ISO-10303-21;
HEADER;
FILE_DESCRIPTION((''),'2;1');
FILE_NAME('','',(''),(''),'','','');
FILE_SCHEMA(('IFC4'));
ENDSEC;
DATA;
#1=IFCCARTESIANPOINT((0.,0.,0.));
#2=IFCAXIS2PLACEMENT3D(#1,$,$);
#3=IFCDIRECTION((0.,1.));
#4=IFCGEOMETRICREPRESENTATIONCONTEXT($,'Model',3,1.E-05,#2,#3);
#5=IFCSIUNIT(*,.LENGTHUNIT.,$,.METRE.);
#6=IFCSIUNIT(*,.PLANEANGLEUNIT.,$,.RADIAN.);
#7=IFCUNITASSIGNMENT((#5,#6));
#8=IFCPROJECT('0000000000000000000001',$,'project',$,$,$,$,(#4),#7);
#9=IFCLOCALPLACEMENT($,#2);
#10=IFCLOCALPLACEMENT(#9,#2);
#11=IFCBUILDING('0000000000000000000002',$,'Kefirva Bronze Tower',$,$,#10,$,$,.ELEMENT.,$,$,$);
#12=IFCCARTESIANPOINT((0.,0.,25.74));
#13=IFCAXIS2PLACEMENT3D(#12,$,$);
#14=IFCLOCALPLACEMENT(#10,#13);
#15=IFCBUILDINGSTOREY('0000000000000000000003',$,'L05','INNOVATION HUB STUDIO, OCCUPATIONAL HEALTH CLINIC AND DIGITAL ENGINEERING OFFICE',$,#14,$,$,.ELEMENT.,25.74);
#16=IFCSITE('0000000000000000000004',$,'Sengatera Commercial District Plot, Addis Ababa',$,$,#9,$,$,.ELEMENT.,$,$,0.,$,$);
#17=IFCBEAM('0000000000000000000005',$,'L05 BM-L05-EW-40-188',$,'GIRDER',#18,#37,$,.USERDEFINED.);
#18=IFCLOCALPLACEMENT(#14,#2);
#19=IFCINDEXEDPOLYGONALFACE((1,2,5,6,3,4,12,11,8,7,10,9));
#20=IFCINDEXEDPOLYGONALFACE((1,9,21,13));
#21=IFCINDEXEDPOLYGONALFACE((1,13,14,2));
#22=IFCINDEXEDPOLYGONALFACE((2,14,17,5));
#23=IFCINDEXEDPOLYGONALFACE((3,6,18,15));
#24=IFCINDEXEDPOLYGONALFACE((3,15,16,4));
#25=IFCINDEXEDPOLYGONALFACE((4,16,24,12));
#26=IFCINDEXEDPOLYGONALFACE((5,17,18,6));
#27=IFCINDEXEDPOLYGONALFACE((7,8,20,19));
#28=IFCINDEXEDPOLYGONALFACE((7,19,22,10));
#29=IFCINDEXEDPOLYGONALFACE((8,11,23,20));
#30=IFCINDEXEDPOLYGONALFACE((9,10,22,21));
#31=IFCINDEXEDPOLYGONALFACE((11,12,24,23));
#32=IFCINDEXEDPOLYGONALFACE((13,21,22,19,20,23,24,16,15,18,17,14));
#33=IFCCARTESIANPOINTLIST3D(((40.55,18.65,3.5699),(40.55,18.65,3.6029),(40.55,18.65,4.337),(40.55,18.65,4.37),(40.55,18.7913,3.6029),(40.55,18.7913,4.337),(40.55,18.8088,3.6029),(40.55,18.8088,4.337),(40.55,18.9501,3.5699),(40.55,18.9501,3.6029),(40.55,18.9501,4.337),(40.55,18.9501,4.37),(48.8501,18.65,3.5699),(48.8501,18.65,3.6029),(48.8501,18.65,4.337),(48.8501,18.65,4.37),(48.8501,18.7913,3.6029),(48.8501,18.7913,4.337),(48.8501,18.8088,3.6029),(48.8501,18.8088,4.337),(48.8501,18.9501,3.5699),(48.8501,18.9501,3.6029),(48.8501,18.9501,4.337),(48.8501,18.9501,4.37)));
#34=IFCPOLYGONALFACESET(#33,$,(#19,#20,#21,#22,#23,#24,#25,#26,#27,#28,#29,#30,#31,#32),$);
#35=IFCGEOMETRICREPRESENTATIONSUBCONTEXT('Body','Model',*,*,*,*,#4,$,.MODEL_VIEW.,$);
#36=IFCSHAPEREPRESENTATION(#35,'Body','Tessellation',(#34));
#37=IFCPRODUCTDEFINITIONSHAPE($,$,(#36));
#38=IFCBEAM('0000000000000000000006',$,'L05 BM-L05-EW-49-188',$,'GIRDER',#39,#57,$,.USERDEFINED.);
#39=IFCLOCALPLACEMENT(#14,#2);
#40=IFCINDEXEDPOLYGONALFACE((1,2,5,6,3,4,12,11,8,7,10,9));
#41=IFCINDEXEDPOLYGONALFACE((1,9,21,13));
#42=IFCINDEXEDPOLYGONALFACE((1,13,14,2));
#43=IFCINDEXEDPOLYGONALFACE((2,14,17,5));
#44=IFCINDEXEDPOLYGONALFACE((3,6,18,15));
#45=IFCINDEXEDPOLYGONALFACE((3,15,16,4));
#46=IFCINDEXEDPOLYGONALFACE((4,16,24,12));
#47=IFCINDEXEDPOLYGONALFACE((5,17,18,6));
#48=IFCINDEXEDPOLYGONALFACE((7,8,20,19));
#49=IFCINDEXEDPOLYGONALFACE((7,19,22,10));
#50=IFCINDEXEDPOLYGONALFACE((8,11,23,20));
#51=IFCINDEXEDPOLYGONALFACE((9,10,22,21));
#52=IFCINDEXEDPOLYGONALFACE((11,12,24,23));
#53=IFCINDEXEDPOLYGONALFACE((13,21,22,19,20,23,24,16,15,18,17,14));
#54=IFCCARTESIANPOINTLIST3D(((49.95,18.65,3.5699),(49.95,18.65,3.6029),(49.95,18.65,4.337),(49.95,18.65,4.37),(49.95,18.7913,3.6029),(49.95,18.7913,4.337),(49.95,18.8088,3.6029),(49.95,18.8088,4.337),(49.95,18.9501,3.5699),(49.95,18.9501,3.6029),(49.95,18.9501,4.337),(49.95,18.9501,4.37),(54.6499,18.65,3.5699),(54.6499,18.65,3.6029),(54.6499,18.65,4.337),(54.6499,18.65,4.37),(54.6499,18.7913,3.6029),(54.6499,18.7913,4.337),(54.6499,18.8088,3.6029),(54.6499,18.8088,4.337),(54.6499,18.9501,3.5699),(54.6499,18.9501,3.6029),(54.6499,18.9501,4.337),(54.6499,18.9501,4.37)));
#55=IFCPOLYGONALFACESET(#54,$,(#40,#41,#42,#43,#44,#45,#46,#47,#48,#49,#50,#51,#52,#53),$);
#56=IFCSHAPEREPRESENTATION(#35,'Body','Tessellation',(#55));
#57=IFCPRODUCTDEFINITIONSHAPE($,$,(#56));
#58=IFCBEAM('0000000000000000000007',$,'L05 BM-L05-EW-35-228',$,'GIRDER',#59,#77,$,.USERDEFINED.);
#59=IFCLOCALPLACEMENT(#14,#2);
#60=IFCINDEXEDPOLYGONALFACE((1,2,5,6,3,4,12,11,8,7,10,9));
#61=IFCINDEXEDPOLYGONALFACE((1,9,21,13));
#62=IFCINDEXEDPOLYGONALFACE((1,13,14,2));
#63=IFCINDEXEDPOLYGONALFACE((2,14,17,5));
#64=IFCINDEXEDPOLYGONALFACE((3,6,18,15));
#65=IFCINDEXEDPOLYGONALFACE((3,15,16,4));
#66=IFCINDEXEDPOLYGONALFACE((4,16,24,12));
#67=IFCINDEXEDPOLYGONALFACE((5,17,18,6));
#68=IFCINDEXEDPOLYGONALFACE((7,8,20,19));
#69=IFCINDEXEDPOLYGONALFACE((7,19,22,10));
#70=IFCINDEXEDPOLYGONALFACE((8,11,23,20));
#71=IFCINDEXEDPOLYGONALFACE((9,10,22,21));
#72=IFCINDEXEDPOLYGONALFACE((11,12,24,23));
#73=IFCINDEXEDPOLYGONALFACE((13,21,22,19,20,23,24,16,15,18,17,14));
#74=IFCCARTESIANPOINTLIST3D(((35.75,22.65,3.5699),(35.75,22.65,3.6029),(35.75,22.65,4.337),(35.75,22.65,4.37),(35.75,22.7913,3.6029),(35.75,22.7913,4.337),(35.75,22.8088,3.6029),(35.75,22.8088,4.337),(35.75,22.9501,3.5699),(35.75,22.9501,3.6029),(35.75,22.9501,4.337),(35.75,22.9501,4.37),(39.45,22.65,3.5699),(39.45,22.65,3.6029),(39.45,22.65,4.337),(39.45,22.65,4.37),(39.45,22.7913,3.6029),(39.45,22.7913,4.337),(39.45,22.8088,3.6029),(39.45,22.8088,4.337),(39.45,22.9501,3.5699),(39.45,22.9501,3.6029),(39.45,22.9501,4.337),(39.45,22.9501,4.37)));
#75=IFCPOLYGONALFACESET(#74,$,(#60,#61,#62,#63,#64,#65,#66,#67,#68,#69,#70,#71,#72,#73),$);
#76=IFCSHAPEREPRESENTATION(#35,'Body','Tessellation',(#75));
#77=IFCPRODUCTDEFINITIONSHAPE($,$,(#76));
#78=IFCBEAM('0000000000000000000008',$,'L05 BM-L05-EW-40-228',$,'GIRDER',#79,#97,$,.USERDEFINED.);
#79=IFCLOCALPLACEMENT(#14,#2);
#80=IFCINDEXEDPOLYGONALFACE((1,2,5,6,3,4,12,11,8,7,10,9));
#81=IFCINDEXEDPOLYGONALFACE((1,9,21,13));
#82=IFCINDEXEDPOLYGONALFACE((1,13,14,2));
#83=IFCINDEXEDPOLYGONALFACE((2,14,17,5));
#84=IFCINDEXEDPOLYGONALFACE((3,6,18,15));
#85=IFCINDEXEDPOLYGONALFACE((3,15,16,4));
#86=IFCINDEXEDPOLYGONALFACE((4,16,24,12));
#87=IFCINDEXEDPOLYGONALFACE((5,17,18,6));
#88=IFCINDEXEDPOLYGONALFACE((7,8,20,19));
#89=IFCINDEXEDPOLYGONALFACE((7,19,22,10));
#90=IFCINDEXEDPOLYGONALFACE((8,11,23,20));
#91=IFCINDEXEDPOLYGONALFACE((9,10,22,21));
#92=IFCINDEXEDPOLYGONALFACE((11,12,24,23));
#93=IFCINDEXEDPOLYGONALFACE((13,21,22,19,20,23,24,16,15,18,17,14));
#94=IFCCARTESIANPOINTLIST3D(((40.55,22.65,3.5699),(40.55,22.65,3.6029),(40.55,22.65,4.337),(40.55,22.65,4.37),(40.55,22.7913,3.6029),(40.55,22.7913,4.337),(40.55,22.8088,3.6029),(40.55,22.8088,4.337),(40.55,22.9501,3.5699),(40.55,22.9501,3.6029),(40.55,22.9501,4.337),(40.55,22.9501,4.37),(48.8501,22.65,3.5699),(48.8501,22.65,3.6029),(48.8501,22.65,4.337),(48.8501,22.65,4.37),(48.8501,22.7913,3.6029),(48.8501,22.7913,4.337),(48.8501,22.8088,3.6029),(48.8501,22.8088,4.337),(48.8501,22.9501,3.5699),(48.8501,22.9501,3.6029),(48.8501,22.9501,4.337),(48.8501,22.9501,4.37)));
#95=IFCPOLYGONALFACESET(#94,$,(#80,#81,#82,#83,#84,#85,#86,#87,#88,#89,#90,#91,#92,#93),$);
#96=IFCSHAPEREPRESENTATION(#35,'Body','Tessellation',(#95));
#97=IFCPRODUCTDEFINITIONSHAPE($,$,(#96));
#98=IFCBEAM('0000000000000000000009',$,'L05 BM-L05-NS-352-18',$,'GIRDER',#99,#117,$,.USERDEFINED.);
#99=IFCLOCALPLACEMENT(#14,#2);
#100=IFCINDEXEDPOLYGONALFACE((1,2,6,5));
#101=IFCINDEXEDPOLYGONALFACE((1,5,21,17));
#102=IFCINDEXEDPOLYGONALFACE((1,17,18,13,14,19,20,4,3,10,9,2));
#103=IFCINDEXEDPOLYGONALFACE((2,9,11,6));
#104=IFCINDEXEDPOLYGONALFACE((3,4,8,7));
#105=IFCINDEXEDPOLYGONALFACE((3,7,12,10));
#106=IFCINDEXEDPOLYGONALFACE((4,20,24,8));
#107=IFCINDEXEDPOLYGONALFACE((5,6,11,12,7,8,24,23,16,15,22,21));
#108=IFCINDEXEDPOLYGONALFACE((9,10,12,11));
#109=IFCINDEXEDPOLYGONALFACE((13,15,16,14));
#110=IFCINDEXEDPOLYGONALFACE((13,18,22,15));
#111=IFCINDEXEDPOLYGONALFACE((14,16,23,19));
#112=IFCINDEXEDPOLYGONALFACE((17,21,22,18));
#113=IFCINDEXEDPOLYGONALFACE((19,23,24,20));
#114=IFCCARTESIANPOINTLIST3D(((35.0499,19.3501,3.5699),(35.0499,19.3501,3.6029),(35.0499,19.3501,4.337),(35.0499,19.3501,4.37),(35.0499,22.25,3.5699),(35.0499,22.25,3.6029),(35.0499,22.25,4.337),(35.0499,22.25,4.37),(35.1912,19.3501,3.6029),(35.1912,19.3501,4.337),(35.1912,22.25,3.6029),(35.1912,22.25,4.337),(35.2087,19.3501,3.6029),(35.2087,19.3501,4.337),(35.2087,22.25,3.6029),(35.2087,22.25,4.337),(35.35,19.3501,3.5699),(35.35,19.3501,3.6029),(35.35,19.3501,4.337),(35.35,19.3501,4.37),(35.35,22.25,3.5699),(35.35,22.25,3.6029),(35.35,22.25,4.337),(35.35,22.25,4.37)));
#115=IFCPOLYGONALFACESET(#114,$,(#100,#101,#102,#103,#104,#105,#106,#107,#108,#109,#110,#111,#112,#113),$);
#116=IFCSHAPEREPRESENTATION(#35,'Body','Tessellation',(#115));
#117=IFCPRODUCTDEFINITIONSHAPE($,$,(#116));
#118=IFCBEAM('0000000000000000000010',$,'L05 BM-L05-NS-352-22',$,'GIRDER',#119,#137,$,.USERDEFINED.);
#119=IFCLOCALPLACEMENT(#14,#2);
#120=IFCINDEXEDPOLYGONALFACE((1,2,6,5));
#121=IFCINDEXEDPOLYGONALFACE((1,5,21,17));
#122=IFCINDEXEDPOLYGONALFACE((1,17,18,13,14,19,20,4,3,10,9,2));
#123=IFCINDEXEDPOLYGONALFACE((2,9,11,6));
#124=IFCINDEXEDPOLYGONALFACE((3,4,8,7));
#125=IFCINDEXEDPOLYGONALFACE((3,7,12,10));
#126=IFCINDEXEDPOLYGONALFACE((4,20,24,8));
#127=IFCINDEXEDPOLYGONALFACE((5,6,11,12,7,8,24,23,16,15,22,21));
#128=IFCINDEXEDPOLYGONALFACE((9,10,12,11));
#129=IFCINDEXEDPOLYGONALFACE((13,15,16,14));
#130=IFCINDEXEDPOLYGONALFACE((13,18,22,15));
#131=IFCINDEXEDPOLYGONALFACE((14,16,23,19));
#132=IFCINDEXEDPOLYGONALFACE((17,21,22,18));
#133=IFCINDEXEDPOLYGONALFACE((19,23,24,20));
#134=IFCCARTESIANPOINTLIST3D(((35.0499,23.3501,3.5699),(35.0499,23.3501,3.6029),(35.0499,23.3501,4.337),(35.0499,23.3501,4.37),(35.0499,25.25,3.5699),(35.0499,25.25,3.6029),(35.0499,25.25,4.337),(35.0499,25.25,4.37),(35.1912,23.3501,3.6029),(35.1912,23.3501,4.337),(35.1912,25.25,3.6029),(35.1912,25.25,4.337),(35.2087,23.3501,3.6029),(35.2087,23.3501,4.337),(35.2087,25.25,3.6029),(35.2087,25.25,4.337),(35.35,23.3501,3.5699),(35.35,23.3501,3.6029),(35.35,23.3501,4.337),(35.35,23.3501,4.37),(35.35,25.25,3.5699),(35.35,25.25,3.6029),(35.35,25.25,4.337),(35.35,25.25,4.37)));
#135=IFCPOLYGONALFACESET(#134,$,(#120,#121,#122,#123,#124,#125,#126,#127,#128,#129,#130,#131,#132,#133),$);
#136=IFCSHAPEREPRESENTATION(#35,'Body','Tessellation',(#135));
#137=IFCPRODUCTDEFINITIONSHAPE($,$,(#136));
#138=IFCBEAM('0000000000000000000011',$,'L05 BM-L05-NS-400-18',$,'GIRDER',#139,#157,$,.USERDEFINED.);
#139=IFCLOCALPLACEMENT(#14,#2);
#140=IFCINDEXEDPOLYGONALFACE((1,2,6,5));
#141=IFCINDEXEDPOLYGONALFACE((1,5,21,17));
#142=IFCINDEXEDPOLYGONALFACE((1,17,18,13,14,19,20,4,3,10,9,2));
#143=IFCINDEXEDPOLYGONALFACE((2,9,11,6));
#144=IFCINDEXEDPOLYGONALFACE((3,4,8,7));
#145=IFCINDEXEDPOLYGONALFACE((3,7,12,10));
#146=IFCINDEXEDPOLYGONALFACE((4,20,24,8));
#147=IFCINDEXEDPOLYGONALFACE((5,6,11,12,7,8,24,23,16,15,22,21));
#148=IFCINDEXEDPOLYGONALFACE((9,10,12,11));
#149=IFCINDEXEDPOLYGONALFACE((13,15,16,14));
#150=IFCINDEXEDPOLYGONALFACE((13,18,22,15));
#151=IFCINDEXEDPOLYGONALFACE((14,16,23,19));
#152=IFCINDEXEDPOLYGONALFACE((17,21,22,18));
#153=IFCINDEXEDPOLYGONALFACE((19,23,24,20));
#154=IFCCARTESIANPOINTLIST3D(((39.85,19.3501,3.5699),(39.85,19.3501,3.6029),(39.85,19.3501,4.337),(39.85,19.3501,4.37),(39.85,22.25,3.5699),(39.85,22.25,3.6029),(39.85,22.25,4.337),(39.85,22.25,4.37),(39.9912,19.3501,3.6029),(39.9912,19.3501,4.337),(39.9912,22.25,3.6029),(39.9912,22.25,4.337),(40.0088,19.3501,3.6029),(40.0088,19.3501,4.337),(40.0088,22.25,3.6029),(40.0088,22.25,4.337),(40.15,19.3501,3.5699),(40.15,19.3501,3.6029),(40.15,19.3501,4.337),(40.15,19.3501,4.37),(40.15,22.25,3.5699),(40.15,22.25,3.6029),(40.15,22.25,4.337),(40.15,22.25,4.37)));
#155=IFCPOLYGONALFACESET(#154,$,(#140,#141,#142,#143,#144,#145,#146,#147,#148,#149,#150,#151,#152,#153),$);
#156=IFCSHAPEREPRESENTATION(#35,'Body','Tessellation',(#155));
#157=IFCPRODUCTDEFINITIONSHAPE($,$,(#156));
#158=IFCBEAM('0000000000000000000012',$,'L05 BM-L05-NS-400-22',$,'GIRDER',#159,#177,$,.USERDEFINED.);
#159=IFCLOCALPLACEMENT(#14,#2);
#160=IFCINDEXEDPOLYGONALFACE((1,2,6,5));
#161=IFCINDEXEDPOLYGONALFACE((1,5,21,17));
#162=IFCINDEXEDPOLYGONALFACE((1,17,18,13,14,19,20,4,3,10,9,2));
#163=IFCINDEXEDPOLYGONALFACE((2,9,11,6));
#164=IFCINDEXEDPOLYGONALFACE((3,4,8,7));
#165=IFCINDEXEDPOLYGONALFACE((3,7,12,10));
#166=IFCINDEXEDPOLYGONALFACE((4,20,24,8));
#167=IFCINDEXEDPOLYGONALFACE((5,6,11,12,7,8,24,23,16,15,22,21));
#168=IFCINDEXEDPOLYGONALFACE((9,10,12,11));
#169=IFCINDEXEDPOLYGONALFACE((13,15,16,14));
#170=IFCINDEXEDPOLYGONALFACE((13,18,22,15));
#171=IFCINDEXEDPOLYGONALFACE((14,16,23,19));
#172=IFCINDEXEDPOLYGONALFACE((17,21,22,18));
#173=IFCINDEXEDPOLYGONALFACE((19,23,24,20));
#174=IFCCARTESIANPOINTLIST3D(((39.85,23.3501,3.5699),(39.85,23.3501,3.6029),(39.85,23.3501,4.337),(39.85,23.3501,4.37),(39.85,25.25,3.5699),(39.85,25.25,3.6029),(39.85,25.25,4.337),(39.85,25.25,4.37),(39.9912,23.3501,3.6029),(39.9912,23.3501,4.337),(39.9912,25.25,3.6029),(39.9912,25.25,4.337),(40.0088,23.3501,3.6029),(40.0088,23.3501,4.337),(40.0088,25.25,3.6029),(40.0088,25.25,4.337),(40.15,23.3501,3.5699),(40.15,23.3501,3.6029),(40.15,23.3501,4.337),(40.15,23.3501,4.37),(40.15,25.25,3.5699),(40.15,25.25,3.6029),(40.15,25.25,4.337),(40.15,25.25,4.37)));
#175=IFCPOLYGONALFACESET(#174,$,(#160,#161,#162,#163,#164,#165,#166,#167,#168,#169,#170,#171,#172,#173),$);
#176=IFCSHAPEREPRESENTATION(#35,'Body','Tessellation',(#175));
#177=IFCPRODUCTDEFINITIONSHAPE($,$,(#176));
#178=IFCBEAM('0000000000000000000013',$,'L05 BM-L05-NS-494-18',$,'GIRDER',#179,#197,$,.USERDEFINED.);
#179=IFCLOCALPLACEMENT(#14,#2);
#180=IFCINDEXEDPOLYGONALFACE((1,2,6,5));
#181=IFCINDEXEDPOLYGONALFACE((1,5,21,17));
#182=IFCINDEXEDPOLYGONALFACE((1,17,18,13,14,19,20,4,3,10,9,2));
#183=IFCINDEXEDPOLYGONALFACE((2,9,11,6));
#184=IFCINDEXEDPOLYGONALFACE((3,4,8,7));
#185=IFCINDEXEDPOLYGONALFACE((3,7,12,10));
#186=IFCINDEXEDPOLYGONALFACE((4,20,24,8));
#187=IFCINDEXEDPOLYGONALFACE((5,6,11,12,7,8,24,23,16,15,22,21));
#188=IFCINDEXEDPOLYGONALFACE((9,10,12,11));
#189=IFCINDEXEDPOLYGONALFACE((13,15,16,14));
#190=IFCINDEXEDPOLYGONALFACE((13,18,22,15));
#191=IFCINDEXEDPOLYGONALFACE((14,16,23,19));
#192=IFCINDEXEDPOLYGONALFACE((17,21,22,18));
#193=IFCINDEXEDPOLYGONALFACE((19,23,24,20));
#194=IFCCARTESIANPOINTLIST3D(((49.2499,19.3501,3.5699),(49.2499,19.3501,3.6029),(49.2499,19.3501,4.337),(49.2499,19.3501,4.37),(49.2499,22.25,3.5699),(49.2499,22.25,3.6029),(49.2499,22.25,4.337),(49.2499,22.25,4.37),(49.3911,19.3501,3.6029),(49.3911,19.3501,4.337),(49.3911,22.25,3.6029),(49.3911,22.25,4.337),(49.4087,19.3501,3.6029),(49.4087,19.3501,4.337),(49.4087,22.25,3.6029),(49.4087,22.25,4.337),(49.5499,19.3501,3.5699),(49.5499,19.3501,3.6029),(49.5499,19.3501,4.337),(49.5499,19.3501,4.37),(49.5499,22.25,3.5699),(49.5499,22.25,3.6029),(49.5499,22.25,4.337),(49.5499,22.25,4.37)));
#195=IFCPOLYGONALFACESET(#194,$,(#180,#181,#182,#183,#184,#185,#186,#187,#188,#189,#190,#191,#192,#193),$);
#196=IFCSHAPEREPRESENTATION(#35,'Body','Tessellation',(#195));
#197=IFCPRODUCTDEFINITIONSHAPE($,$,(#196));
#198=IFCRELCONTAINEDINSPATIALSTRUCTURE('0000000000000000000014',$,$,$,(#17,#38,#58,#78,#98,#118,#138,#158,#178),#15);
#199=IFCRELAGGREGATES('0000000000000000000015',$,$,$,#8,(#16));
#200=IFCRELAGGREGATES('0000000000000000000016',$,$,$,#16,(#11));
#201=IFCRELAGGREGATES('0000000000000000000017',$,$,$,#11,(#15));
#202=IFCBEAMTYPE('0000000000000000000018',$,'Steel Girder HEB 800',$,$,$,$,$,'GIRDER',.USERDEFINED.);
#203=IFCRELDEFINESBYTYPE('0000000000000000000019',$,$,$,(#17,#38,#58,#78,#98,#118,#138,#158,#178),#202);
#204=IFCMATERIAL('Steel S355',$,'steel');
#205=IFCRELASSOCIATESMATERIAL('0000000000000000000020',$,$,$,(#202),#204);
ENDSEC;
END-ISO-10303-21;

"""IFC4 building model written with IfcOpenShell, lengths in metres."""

from ifc_helpers import new_model, si_unit, direction, frame, origin, origin_2d, place, context, subcontext, project, spatial, i_section, extrude, material, material_profile, profile_set, type_object, element, save


model = new_model("IFC4")

# Units and contexts
model_context = context("Model", 3, precision=1e-05, world=origin(), true_north=direction((0.0, 1.0)))
body_context = subcontext(model_context, "Body", "Model", "MODEL_VIEW")
ifc_project = project(units=[si_unit("LENGTHUNIT", "METRE"), si_unit("PLANEANGLEUNIT", "RADIAN")], contexts=[model_context])

# Site, building, storey
site_placement = place(None, origin())
site = spatial("IfcSite", under=ifc_project, at=site_placement, Name="Sengatera Commercial District Plot, Addis Ababa", CompositionType="ELEMENT", RefElevation=0.0)
building_placement = place(site_placement, origin())
building = spatial("IfcBuilding", under=site, at=building_placement, Name="Kefirva Bronze Tower", CompositionType="ELEMENT")
storey_placement = place(building_placement, frame((0.0, 0.0, 25.74)))
storey = spatial("IfcBuildingStorey", under=building, at=storey_placement, Name="L05", Description="INNOVATION HUB STUDIO, OCCUPATIONAL HEALTH CLINIC AND DIGITAL ENGINEERING OFFICE", CompositionType="ELEMENT", Elevation=25.74)

# Beams
ifc_material_1 = material(Name="Steel S355", Category="steel")
ifc_material_profile_1 = material_profile(ifc_material_1, i_section(OverallWidth=0.3, OverallDepth=0.8, WebThickness=0.0176, FlangeThickness=0.033, at=origin_2d()), Name="HEB 800")
ifc_profile_set_1 = profile_set([ifc_material_profile_1], Name="Steel S355")
beam_type = type_object("IfcBeamType", Name="Steel Girder HEB 800", ElementType="GIRDER", PredefinedType="USERDEFINED", material=ifc_profile_set_1)
beam_1_placement = place(storey_placement, frame((40.55, 18.8, 3.97), z_axis=(1.0, 0.0, 0.0), x_axis=(0.0, 1.0, 0.0)))
element("IfcBeam", 1, at=beam_1_placement, inside=storey, type_object=beam_type, Name="L05 BM-L05-EW-40-188", ObjectType="GIRDER", PredefinedType="USERDEFINED", context=body_context, shape_type="SweptSolid", body=[
    extrude(i_section(OverallWidth=0.3, OverallDepth=0.8, WebThickness=0.0176, FlangeThickness=0.033, at=origin_2d()), origin(), (0.0, 0.0, 1.0), 8.3),
])
beam_2_placement = place(storey_placement, frame((49.95, 18.8, 3.97), z_axis=(1.0, 0.0, 0.0), x_axis=(0.0, 1.0, 0.0)))
element("IfcBeam", 2, at=beam_2_placement, inside=storey, type_object=beam_type, Name="L05 BM-L05-EW-49-188", ObjectType="GIRDER", PredefinedType="USERDEFINED", context=body_context, shape_type="SweptSolid", body=[
    extrude(i_section(OverallWidth=0.3, OverallDepth=0.8, WebThickness=0.0176, FlangeThickness=0.033, at=origin_2d()), origin(), (0.0, 0.0, 1.0), 4.7),
])
beam_3_placement = place(storey_placement, frame((35.75, 22.8, 3.97), z_axis=(1.0, 0.0, 0.0), x_axis=(0.0, 1.0, 0.0)))
element("IfcBeam", 3, at=beam_3_placement, inside=storey, type_object=beam_type, Name="L05 BM-L05-EW-35-228", ObjectType="GIRDER", PredefinedType="USERDEFINED", context=body_context, shape_type="SweptSolid", body=[
    extrude(i_section(OverallWidth=0.3, OverallDepth=0.8, WebThickness=0.0176, FlangeThickness=0.033, at=origin_2d()), origin(), (0.0, 0.0, 1.0), 3.7),
])
beam_4_placement = place(storey_placement, frame((40.55, 22.8, 3.97), z_axis=(1.0, 0.0, 0.0), x_axis=(0.0, 1.0, 0.0)))
element("IfcBeam", 4, at=beam_4_placement, inside=storey, type_object=beam_type, Name="L05 BM-L05-EW-40-228", ObjectType="GIRDER", PredefinedType="USERDEFINED", context=body_context, shape_type="SweptSolid", body=[
    extrude(i_section(OverallWidth=0.3, OverallDepth=0.8, WebThickness=0.0176, FlangeThickness=0.033, at=origin_2d()), origin(), (0.0, 0.0, 1.0), 8.3),
])
beam_5_placement = place(storey_placement, frame((35.2, 19.3501, 3.97), z_axis=(0.0, 1.0, 0.0), x_axis=(-1.0, 0.0, 0.0)))
element("IfcBeam", 5, at=beam_5_placement, inside=storey, type_object=beam_type, Name="L05 BM-L05-NS-352-18", ObjectType="GIRDER", PredefinedType="USERDEFINED", context=body_context, shape_type="SweptSolid", body=[
    extrude(i_section(OverallWidth=0.3, OverallDepth=0.8, WebThickness=0.0176, FlangeThickness=0.033, at=origin_2d()), origin(), (0.0, 0.0, 1.0), 2.8999),
])
beam_6_placement = place(storey_placement, frame((35.2, 23.3501, 3.97), z_axis=(0.0, 1.0, 0.0), x_axis=(-1.0, 0.0, 0.0)))
element("IfcBeam", 6, at=beam_6_placement, inside=storey, type_object=beam_type, Name="L05 BM-L05-NS-352-22", ObjectType="GIRDER", PredefinedType="USERDEFINED", context=body_context, shape_type="SweptSolid", body=[
    extrude(i_section(OverallWidth=0.3, OverallDepth=0.8, WebThickness=0.0176, FlangeThickness=0.033, at=origin_2d()), origin(), (0.0, 0.0, 1.0), 1.8999),
])
beam_7_placement = place(storey_placement, frame((40.0, 19.3501, 3.97), z_axis=(0.0, 1.0, 0.0), x_axis=(-1.0, 0.0, 0.0)))
element("IfcBeam", 7, at=beam_7_placement, inside=storey, type_object=beam_type, Name="L05 BM-L05-NS-400-18", ObjectType="GIRDER", PredefinedType="USERDEFINED", context=body_context, shape_type="SweptSolid", body=[
    extrude(i_section(OverallWidth=0.3, OverallDepth=0.8, WebThickness=0.0176, FlangeThickness=0.033, at=origin_2d()), origin(), (0.0, 0.0, 1.0), 2.8999),
])
beam_8_placement = place(storey_placement, frame((40.0, 23.3501, 3.97), z_axis=(0.0, 1.0, 0.0), x_axis=(-1.0, 0.0, 0.0)))
element("IfcBeam", 8, at=beam_8_placement, inside=storey, type_object=beam_type, Name="L05 BM-L05-NS-400-22", ObjectType="GIRDER", PredefinedType="USERDEFINED", context=body_context, shape_type="SweptSolid", body=[
    extrude(i_section(OverallWidth=0.3, OverallDepth=0.8, WebThickness=0.0176, FlangeThickness=0.033, at=origin_2d()), origin(), (0.0, 0.0, 1.0), 1.8999),
])
beam_9_placement = place(storey_placement, frame((49.3999, 19.3501, 3.97), z_axis=(0.0, 1.0, 0.0), x_axis=(-1.0, 0.0, 0.0)))
element("IfcBeam", 9, at=beam_9_placement, inside=storey, type_object=beam_type, Name="L05 BM-L05-NS-494-18", ObjectType="GIRDER", PredefinedType="USERDEFINED", context=body_context, shape_type="SweptSolid", body=[
    extrude(i_section(OverallWidth=0.3, OverallDepth=0.8, WebThickness=0.0176, FlangeThickness=0.033, at=origin_2d()), origin(), (0.0, 0.0, 1.0), 2.8999),
])

save(model, "model.ifc")
